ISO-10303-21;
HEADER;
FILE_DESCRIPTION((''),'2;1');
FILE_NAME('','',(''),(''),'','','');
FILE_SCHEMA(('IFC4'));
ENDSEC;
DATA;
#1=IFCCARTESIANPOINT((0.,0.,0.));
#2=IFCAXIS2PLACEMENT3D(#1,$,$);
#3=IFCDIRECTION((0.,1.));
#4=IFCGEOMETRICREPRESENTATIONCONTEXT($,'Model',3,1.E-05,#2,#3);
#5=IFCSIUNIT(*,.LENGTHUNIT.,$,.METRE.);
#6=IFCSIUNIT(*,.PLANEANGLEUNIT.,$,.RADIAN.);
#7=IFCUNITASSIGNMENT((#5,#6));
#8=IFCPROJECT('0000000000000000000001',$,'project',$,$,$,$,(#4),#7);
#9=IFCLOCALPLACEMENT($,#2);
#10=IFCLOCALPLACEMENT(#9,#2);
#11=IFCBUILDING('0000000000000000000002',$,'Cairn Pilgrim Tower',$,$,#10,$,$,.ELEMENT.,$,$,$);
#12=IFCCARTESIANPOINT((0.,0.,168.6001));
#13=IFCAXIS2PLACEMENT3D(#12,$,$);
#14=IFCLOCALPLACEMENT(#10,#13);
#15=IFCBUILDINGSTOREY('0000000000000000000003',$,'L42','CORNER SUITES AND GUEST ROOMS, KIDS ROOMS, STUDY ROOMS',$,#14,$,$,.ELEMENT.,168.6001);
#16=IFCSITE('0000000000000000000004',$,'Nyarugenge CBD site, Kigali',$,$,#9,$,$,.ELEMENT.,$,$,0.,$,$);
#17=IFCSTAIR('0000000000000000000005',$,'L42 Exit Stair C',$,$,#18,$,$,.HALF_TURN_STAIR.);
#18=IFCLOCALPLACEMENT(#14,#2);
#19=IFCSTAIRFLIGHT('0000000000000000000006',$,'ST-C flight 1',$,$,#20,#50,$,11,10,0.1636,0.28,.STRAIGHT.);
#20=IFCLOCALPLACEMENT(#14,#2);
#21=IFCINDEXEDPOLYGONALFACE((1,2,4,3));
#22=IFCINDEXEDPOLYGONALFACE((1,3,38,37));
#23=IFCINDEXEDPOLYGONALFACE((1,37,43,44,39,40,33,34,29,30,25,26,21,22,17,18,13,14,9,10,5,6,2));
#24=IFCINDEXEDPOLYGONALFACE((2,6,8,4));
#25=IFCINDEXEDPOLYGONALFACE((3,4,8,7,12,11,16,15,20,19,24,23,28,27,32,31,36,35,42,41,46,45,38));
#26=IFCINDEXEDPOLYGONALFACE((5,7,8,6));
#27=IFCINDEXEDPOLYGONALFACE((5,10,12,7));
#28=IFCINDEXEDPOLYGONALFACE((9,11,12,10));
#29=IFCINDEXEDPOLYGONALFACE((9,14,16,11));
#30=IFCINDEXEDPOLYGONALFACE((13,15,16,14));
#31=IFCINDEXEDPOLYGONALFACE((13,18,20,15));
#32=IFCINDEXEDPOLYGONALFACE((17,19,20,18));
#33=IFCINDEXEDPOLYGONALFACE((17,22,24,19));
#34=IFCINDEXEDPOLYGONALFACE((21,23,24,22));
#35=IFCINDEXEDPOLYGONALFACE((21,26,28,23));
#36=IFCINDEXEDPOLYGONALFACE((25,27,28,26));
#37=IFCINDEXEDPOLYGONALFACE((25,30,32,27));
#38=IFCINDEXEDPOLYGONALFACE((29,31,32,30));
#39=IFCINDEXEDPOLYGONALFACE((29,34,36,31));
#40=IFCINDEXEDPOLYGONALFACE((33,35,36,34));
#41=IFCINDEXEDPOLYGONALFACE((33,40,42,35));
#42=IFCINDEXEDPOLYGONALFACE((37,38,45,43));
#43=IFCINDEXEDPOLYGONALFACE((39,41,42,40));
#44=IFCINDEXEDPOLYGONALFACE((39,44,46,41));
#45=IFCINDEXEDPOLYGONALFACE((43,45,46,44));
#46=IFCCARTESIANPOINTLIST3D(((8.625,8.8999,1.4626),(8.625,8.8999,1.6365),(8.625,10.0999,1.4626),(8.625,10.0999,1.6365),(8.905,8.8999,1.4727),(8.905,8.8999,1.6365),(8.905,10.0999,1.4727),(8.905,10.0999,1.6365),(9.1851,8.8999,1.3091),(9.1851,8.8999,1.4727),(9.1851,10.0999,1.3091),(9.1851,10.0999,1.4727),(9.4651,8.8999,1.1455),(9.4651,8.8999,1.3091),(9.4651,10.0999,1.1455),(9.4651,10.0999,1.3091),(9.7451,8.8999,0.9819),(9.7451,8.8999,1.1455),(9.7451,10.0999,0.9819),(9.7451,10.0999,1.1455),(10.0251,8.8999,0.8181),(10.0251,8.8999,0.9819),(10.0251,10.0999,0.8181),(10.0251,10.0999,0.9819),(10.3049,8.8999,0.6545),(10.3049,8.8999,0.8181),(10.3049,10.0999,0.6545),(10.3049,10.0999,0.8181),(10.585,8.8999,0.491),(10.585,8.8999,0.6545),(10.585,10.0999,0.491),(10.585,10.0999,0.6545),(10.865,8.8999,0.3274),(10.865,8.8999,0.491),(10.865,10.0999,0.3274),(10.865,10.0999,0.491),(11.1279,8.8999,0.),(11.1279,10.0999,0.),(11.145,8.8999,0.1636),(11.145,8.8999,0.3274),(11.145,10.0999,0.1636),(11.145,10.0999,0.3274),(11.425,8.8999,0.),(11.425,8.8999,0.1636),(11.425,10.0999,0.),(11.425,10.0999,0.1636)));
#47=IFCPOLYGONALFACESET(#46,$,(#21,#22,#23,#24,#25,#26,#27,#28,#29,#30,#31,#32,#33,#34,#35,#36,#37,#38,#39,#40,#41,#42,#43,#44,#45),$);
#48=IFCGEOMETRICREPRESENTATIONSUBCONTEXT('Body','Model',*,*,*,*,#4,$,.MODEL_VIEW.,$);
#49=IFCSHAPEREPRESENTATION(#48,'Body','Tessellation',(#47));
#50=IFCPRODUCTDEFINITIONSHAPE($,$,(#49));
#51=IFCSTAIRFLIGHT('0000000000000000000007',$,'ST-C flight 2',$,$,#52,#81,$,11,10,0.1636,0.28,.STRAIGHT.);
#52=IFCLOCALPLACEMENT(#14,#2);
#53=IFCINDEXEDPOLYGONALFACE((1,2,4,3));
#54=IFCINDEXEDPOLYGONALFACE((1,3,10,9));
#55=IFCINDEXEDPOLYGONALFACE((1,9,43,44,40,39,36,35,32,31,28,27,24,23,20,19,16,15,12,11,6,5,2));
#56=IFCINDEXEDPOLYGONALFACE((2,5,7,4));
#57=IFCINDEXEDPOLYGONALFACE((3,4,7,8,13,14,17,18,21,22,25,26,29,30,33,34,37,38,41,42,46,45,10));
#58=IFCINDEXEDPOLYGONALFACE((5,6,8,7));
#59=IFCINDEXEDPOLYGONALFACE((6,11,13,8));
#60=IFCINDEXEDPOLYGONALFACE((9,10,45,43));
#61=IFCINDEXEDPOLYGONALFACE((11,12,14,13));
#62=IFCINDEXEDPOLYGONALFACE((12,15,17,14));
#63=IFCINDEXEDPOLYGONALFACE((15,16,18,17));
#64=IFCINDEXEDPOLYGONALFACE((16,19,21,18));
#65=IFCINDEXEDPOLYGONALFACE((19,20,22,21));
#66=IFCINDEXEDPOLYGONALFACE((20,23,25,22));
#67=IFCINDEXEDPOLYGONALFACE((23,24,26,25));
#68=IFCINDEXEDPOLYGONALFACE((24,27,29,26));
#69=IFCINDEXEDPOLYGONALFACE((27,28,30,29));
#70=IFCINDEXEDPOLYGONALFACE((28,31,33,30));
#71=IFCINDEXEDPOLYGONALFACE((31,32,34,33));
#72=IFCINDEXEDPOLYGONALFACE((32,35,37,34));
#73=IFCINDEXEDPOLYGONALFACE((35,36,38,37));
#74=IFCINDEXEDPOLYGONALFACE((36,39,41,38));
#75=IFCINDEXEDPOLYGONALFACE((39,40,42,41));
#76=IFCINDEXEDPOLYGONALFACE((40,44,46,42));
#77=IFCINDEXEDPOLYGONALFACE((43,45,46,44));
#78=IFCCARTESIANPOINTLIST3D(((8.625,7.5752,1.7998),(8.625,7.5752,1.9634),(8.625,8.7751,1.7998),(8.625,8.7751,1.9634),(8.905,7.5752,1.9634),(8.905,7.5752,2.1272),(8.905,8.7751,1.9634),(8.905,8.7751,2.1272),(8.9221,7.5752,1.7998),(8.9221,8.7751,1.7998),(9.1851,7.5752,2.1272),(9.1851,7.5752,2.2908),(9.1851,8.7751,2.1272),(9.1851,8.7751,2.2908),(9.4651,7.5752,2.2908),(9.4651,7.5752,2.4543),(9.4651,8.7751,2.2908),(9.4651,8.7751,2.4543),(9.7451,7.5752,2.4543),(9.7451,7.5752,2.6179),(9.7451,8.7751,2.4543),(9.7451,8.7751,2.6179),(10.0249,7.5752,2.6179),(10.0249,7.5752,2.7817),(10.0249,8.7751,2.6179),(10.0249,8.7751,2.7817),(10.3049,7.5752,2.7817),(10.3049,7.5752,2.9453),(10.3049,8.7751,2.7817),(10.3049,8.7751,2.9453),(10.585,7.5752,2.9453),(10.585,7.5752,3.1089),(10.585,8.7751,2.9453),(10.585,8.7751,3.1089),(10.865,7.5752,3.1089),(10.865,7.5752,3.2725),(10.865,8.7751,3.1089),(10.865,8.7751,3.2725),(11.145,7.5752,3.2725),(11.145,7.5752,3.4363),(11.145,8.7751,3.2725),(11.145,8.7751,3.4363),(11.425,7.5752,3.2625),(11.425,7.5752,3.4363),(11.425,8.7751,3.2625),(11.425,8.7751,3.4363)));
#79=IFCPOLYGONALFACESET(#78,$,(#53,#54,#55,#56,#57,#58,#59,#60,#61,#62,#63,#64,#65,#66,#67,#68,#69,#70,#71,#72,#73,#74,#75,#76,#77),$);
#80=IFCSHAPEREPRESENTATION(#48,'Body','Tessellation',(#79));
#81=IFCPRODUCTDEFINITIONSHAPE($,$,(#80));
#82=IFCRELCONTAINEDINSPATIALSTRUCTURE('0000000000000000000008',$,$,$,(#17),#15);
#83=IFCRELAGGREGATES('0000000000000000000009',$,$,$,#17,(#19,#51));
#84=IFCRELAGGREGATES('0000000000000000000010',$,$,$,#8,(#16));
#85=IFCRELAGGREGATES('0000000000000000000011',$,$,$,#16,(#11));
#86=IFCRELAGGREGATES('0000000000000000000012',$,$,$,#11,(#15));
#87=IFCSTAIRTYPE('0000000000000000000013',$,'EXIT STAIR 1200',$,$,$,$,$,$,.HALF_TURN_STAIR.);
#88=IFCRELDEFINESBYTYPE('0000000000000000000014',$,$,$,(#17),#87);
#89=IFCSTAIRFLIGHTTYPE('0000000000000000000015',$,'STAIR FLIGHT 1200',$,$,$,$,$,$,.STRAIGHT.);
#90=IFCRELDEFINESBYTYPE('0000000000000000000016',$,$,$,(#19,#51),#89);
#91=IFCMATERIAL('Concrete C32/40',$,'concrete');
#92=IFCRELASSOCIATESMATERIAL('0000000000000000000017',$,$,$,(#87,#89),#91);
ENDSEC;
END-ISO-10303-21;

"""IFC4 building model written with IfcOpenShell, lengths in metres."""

from ifc_helpers import new_model, si_unit, direction, frame, origin, place, context, subcontext, project, spatial, polyline, outline, extrude, material, type_object, element, aggregate, save


model = new_model("IFC4")

# Units and contexts
model_context = context("Model", 3, precision=1e-05, world=origin(), true_north=direction((0.0, 1.0)))
body_context = subcontext(model_context, "Body", "Model", "MODEL_VIEW")
ifc_project = project(units=[si_unit("LENGTHUNIT", "METRE"), si_unit("PLANEANGLEUNIT", "RADIAN")], contexts=[model_context])

# Site, building, storey
site_placement = place(None, origin())
site = spatial("IfcSite", under=ifc_project, at=site_placement, Name="Nyarugenge CBD site, Kigali", CompositionType="ELEMENT", RefElevation=0.0)
building_placement = place(site_placement, origin())
building = spatial("IfcBuilding", under=site, at=building_placement, Name="Cairn Pilgrim Tower", CompositionType="ELEMENT")
storey_placement = place(building_placement, frame((0.0, 0.0, 168.6001)))
storey = spatial("IfcBuildingStorey", under=building, at=storey_placement, Name="L42", Description="CORNER SUITES AND GUEST ROOMS, KIDS ROOMS, STUDY ROOMS", CompositionType="ELEMENT", Elevation=168.6001)

# Shared definitions
ifc_material_1 = material(Name="Concrete C32/40", Category="concrete")

# Shared definitions
stair_type = type_object("IfcStairType", Name="EXIT STAIR 1200", PredefinedType="HALF_TURN_STAIR", material=ifc_material_1)
stair_flight_type = type_object("IfcStairFlightType", Name="STAIR FLIGHT 1200", PredefinedType="STRAIGHT", material=ifc_material_1)

# Stair, stair flights
stair_1_placement = place(storey_placement, origin())
stair_1 = element("IfcStair", 1, at=stair_1_placement, inside=storey, type_object=stair_type, Name="L42 Exit Stair C", PredefinedType="HALF_TURN_STAIR")
stair_flight_1_placement = place(storey_placement, frame((11.425, 9.5, 0.0), z_axis=(0.0, 0.0, 1.0), x_axis=(-1.0, 0.0, 0.0)))
stair_flight_1 = element("IfcStairFlight", 2, at=stair_flight_1_placement, type_object=stair_flight_type, Name="ST-C flight 1", NumberOfRisers=11, NumberOfTreads=10, PredefinedType="STRAIGHT", RiserHeight=0.1636, TreadLength=0.28, context=body_context, shape_type="SweptSolid", body=[
    extrude(outline(polyline([(0.0, 0.0), (0.0, 0.1636), (0.28, 0.1636), (0.28, 0.3274), (0.5601, 0.3274), (0.5601, 0.491), (0.8401, 0.491), (0.8401, 0.6545), (1.1201, 0.6545), (1.1201, 0.8181), (1.3999, 0.8181), (1.3999, 0.9819), (1.6799, 0.9819), (1.6799, 1.1455), (1.96, 1.1455), (1.96, 1.3091), (2.24, 1.3091), (2.24, 1.4727), (2.52, 1.4727), (2.52, 1.6365), (2.8, 1.6365), (2.8, 1.8), (2.8, 1.4626), (0.2971, 0.0), (0.0, 0.0)])), frame((0.0, 0.6001, 0.0), z_axis=(0.0, -1.0, 0.0), x_axis=(1.0, 0.0, 0.0)), (0.0, 0.0, 1.0), 1.2),
])
stair_flight_2_placement = place(storey_placement, frame((8.625, 8.175, 1.7998), z_axis=(0.0, 0.0, 1.0), x_axis=(1.0, 0.0, 0.0)))
stair_flight_2 = element("IfcStairFlight", 3, at=stair_flight_2_placement, type_object=stair_flight_type, Name="ST-C flight 2", NumberOfRisers=11, NumberOfTreads=10, PredefinedType="STRAIGHT", RiserHeight=0.1636, TreadLength=0.28, context=body_context, shape_type="SweptSolid", body=[
    extrude(outline(polyline([(0.0, 0.0), (0.0, 0.1636), (0.28, 0.1636), (0.28, 0.3274), (0.5601, 0.3274), (0.5601, 0.491), (0.8401, 0.491), (0.8401, 0.6545), (1.1201, 0.6545), (1.1201, 0.8181), (1.3999, 0.8181), (1.3999, 0.9819), (1.6799, 0.9819), (1.6799, 1.1455), (1.96, 1.1455), (1.96, 1.3091), (2.24, 1.3091), (2.24, 1.4727), (2.52, 1.4727), (2.52, 1.6365), (2.8, 1.6365), (2.8, 1.8), (2.8, 1.4626), (0.2971, 0.0), (0.0, 0.0)])), frame((0.0, 0.6001, 0.0), z_axis=(0.0, -1.0, 0.0), x_axis=(1.0, 0.0, 0.0)), (0.0, 0.0, 1.0), 1.2),
])
aggregate(stair_1, [stair_flight_1, stair_flight_2])

save(model, "model.ifc")
